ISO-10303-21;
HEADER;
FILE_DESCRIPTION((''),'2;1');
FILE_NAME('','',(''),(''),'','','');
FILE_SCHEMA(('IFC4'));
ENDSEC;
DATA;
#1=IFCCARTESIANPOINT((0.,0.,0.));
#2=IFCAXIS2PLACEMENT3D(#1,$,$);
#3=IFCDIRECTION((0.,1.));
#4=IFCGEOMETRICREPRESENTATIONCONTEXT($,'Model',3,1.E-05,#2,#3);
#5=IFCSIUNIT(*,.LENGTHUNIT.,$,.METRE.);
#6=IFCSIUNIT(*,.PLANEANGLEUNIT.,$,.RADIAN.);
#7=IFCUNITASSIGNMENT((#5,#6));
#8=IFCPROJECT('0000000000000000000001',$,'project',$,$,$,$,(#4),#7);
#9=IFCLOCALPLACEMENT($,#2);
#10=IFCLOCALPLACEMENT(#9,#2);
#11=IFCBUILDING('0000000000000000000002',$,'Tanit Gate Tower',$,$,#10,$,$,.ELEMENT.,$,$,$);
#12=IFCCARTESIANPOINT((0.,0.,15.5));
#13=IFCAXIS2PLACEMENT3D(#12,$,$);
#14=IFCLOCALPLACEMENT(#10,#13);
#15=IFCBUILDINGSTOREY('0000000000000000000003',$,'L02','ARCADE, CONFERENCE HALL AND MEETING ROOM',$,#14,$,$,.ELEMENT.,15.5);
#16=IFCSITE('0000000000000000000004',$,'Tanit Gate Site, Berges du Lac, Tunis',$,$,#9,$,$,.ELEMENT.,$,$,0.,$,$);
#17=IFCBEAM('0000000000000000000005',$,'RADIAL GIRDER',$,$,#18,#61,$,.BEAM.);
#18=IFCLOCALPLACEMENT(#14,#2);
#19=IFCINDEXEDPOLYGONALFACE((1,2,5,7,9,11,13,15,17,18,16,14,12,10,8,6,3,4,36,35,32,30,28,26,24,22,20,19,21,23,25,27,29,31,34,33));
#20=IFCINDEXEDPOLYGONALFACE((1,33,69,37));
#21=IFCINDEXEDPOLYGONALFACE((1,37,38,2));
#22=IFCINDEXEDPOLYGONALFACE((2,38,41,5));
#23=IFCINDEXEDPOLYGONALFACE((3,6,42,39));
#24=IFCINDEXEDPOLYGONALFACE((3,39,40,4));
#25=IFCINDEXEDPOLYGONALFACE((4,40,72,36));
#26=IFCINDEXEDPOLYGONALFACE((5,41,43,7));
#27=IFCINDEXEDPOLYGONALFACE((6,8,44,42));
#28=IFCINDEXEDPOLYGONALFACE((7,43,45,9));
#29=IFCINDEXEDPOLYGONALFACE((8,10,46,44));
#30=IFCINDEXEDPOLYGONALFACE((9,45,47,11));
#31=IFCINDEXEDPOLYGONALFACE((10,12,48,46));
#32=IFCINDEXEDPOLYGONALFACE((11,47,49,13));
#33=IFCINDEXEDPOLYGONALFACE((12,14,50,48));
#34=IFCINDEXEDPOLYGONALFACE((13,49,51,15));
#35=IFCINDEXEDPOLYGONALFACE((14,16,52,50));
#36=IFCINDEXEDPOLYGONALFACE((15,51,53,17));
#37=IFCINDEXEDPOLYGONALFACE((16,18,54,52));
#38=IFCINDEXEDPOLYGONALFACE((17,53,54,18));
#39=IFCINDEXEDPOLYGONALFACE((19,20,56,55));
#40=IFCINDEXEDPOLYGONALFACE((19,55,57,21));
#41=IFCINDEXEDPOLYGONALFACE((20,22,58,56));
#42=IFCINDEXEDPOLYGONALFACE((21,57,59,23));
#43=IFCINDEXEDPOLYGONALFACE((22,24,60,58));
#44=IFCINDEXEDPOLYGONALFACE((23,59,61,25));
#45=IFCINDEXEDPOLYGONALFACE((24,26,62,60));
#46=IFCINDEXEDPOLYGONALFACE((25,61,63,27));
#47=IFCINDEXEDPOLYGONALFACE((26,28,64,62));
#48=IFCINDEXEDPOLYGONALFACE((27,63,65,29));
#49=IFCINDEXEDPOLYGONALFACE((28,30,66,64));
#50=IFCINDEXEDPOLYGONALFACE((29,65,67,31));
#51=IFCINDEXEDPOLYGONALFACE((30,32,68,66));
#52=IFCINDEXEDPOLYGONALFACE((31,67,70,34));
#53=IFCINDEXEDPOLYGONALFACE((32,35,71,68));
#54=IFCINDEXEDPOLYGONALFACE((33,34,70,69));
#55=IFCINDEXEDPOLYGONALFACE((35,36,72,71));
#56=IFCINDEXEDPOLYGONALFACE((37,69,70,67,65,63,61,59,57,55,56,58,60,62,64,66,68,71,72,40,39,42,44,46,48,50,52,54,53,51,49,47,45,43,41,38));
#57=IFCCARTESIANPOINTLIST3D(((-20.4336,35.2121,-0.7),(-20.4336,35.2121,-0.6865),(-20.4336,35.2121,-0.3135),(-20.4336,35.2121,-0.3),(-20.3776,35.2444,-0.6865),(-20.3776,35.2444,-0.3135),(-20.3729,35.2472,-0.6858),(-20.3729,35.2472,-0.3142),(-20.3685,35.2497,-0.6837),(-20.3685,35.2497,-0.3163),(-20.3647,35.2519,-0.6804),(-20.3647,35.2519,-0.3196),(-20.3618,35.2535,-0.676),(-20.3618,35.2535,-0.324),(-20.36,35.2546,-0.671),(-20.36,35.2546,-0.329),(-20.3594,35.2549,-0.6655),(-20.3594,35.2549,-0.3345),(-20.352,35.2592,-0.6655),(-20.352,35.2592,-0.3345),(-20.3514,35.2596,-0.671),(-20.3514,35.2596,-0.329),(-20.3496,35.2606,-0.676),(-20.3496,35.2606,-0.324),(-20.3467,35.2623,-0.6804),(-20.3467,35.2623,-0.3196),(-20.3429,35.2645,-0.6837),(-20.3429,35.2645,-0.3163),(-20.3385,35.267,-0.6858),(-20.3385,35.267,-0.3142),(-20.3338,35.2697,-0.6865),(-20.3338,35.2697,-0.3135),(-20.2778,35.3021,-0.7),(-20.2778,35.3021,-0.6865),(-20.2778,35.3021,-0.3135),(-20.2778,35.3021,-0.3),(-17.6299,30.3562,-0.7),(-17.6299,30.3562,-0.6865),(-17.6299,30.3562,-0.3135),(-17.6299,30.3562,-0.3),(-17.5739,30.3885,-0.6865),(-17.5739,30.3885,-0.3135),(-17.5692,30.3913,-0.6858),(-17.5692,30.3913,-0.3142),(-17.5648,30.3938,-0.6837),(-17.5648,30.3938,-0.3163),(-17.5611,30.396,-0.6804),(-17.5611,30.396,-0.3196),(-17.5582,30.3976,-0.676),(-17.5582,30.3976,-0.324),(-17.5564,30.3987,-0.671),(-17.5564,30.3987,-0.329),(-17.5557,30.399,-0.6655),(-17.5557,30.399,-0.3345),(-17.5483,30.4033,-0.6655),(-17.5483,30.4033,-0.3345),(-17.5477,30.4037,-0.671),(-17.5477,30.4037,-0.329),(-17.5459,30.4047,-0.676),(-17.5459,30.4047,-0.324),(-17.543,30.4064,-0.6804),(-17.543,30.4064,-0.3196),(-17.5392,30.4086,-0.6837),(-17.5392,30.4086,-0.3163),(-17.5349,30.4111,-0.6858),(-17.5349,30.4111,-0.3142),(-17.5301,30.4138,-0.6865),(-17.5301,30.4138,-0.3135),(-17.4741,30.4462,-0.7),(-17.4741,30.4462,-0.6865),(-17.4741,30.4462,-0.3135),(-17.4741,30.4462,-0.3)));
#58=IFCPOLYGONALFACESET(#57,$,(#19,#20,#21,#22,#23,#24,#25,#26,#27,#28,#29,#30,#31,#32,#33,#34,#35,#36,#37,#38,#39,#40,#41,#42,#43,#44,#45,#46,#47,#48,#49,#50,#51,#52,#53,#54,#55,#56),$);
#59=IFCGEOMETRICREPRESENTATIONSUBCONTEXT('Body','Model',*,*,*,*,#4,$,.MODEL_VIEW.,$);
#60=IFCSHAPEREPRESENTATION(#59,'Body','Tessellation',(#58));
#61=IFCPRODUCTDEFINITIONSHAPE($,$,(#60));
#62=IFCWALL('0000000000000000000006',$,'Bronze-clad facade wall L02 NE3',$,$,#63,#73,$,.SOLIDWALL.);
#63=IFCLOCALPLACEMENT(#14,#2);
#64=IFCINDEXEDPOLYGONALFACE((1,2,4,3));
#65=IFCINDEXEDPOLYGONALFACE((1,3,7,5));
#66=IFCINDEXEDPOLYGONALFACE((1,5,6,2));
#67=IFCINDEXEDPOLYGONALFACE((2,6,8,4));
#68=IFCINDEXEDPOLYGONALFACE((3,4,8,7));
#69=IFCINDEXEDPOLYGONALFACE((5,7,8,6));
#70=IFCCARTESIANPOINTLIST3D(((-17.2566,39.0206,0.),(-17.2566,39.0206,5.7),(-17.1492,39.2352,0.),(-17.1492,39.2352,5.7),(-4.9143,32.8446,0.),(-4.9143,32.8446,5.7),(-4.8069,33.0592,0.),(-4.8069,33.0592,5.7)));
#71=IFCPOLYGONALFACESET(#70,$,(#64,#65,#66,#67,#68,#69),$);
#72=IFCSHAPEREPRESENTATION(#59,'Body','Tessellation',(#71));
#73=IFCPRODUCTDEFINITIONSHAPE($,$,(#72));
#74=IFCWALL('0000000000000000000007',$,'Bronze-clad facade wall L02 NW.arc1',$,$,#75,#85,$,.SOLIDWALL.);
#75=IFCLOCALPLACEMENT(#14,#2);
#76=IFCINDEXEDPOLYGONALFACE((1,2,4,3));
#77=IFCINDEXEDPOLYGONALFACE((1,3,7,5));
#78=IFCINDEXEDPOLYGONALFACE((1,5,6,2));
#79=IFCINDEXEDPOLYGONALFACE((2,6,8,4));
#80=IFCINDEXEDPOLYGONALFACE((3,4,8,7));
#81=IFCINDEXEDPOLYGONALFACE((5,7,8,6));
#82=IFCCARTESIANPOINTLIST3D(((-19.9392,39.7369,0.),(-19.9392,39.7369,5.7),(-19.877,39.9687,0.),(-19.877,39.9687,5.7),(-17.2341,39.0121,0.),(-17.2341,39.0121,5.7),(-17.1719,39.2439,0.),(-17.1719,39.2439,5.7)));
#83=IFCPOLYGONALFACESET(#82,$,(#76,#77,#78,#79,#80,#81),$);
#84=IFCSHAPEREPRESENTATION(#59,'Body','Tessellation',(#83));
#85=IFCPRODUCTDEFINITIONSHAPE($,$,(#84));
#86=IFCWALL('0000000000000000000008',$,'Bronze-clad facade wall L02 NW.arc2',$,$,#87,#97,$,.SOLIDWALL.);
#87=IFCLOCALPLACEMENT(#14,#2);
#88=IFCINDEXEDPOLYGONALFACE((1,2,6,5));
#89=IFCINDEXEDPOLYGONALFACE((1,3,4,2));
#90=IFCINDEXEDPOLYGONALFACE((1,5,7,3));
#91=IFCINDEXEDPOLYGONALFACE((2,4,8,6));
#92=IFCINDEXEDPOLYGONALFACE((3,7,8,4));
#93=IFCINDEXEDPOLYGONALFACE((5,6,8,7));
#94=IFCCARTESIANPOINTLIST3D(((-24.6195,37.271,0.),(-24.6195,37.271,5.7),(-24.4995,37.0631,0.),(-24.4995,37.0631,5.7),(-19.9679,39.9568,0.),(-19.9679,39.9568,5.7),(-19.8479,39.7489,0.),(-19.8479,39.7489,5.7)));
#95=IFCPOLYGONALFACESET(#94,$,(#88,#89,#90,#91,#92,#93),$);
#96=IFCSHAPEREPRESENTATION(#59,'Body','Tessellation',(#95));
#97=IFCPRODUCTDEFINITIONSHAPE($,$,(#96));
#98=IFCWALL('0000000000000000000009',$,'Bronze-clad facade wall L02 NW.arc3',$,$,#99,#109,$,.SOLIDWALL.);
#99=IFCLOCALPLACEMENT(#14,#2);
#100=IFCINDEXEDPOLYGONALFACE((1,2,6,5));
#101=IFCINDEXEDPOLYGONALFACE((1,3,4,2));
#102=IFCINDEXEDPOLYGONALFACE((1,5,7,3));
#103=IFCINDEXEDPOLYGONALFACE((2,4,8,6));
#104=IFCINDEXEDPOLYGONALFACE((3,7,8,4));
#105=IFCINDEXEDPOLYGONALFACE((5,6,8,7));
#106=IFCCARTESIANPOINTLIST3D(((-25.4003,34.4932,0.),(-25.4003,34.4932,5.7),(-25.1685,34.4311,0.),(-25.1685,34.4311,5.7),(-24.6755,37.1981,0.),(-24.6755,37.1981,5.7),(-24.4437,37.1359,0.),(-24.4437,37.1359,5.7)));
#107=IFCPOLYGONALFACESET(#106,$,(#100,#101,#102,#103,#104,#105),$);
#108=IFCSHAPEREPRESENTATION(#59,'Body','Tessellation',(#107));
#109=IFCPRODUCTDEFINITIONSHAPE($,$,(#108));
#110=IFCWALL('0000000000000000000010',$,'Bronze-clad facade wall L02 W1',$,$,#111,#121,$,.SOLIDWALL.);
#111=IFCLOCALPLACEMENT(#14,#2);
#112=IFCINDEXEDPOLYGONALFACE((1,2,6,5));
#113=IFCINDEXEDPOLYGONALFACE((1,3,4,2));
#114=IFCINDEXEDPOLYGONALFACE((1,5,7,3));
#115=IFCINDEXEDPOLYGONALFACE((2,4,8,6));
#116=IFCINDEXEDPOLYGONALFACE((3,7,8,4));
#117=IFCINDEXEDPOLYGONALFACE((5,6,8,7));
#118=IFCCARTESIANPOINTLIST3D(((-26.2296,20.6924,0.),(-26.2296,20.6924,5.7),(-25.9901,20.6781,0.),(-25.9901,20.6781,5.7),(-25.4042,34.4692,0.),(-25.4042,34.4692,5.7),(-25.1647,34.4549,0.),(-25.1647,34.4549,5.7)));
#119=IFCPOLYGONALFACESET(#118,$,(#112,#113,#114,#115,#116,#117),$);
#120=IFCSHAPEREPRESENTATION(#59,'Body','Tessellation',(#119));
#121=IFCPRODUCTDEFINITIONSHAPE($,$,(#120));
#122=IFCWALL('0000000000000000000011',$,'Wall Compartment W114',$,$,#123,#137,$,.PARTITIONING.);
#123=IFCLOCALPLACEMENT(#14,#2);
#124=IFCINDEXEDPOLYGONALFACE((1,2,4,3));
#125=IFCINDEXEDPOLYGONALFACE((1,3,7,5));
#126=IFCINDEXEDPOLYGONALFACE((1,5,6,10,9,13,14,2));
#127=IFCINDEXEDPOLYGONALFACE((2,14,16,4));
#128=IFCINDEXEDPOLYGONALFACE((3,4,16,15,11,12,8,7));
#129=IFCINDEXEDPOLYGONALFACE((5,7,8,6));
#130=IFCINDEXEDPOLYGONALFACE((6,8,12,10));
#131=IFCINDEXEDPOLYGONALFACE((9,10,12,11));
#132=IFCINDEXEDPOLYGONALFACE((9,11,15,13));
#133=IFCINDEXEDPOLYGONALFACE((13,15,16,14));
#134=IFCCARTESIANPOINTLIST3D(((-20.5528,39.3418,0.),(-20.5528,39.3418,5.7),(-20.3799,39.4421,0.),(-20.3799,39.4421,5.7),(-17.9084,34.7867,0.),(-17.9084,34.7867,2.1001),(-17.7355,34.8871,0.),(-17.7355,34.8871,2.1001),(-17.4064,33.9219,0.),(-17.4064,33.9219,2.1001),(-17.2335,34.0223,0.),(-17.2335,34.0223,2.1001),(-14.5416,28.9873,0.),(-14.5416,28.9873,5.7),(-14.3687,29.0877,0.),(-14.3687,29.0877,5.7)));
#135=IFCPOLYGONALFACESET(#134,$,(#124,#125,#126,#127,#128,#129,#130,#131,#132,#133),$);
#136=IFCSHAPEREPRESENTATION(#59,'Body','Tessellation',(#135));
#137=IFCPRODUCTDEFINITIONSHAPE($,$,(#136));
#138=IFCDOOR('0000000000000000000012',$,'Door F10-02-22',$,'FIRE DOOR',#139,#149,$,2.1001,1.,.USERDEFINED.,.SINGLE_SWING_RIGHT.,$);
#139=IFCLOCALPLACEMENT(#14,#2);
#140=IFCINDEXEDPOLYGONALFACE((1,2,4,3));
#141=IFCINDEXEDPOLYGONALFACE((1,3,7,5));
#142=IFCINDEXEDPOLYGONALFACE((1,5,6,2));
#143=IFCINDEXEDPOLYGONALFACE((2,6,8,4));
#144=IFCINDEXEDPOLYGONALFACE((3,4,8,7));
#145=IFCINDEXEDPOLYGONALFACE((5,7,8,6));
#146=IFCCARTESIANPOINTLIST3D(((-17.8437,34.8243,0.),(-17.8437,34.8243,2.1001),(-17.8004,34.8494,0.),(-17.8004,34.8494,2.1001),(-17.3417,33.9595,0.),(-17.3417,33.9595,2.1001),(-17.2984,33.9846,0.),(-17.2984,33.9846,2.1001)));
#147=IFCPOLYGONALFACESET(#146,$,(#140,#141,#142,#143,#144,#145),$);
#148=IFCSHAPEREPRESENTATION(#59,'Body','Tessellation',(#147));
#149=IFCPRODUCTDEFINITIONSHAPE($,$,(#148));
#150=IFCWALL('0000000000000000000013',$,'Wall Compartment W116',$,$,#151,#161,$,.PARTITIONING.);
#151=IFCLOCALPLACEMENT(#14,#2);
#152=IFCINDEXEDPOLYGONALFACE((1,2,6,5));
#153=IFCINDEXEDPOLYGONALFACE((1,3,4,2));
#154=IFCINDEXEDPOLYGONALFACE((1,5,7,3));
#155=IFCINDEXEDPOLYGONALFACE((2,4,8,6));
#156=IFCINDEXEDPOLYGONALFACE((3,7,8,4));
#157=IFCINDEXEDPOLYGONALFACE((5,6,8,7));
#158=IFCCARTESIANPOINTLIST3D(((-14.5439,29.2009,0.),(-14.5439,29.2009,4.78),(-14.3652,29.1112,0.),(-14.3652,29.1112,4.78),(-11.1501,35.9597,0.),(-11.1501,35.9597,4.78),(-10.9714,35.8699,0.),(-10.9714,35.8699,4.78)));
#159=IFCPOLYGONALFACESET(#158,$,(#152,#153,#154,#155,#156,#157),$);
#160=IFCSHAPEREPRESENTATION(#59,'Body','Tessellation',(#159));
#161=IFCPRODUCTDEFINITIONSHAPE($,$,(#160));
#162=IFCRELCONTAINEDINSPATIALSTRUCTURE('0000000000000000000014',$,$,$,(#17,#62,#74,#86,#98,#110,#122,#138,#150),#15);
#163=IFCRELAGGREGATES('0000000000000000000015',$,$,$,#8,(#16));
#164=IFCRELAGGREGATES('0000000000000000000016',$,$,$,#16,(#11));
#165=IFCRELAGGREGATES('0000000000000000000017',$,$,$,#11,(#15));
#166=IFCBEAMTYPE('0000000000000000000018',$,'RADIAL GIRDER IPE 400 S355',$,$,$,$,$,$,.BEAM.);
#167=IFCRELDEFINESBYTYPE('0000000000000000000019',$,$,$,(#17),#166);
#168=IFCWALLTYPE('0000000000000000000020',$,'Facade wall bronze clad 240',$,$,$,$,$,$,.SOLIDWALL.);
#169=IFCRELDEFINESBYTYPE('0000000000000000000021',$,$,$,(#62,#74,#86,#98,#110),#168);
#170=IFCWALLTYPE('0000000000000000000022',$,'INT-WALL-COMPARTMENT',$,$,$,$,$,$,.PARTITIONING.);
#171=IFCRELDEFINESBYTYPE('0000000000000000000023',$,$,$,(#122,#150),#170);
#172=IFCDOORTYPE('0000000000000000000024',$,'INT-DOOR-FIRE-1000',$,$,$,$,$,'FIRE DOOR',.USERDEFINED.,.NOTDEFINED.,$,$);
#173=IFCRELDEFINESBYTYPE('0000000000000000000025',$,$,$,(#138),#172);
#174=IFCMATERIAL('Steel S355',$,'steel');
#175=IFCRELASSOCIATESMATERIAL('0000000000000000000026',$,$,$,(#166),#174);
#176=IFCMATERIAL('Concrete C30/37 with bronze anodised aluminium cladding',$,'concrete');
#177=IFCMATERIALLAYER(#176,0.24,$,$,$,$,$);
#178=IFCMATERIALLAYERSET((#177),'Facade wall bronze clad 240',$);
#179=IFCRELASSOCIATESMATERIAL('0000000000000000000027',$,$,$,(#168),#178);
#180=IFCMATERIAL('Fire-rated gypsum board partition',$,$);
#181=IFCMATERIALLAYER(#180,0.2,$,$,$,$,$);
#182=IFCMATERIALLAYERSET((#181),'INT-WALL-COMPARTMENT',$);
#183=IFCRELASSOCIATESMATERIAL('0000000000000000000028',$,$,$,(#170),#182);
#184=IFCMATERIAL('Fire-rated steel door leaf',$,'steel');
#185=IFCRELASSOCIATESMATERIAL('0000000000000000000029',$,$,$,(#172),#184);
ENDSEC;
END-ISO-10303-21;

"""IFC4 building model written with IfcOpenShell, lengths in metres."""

from ifc_helpers import new_model, si_unit, direction, frame, frame_2d, origin, origin_2d, place, context, subcontext, project, spatial, rectangle, i_section, extrude, material, layer, layer_set, material_profile, profile_set, type_object, element, fill, save


model = new_model("IFC4")

# Units and contexts
model_context = context("Model", 3, precision=1e-05, world=origin(), true_north=direction((0.0, 1.0)))
body_context = subcontext(model_context, "Body", "Model", "MODEL_VIEW")
ifc_project = project(units=[si_unit("LENGTHUNIT", "METRE"), si_unit("PLANEANGLEUNIT", "RADIAN")], contexts=[model_context])

# Site, building, storey
site_placement = place(None, origin())
site = spatial("IfcSite", under=ifc_project, at=site_placement, Name="Tanit Gate Site, Berges du Lac, Tunis", CompositionType="ELEMENT", RefElevation=0.0)
building_placement = place(site_placement, origin())
building = spatial("IfcBuilding", under=site, at=building_placement, Name="Tanit Gate Tower", CompositionType="ELEMENT")
storey_placement = place(building_placement, frame((0.0, 0.0, 15.5)))
storey = spatial("IfcBuildingStorey", under=building, at=storey_placement, Name="L02", Description="ARCADE, CONFERENCE HALL AND MEETING ROOM", CompositionType="ELEMENT", Elevation=15.5)

# Beam
ifc_material_1 = material(Name="Steel S355", Category="steel")
ifc_material_profile_1 = material_profile(ifc_material_1, i_section(OverallWidth=0.1799, OverallDepth=0.3999, WebThickness=0.0085, FlangeThickness=0.0134, FilletRadius=0.021, at=origin_2d()), Name="IPE 400")
ifc_profile_set_1 = profile_set([ifc_material_profile_1], Name="Steel S355")
beam_type_1 = type_object("IfcBeamType", Name="RADIAL GIRDER IPE 400 S355", PredefinedType="BEAM", material=ifc_profile_set_1)
beam_1_placement = place(storey_placement, frame((-20.3557, 35.2571, -0.5), z_axis=(0.500016, -0.866016, 0.0), x_axis=(0.866016, 0.500016, 0.0)))
element("IfcBeam", 1, at=beam_1_placement, inside=storey, type_object=beam_type_1, Name="RADIAL GIRDER", PredefinedType="BEAM", context=body_context, shape_type="SweptSolid", body=[
    extrude(i_section(OverallWidth=0.1799, OverallDepth=0.3999, WebThickness=0.0085, FlangeThickness=0.0134, FilletRadius=0.021, at=origin_2d()), origin(), (0.0, 0.0, 1.0), 5.6072),
])

# Walls
ifc_material_2 = material(Name="Concrete C30/37 with bronze anodised aluminium cladding", Category="concrete")
ifc_layer_1 = layer(ifc_material_2, 0.24)
ifc_layer_set_1 = layer_set([ifc_layer_1], Name="Facade wall bronze clad 240")
wall_type_1 = type_object("IfcWallType", Name="Facade wall bronze clad 240", PredefinedType="SOLIDWALL", material=ifc_layer_set_1)
wall_1_placement = place(storey_placement, frame((-4.8606, 32.9519, 0.0), z_axis=(0.0, 0.0, 1.0), x_axis=(-0.894286, 0.447497, 0.0)))
element("IfcWall", 2, at=wall_1_placement, inside=storey, type_object=wall_type_1, Name="Bronze-clad facade wall L02 NE3", PredefinedType="SOLIDWALL", context=body_context, shape_type="SweptSolid", body=[
    extrude(rectangle(XDim=13.8013, YDim=0.24, at=frame_2d((6.9006, 0.0))), origin(), (0.0, 0.0, 1.0), 5.7),
])
wall_2_placement = place(storey_placement, frame((-17.2029, 39.1279, 0.0), z_axis=(0.0, 0.0, 1.0), x_axis=(-0.965923, 0.258829, 0.0)))
element("IfcWall", 3, at=wall_2_placement, inside=storey, type_object=wall_type_1, Name="Bronze-clad facade wall L02 NW.arc1", PredefinedType="SOLIDWALL", context=body_context, shape_type="SweptSolid", body=[
    extrude(rectangle(XDim=2.8005, YDim=0.24, at=frame_2d((1.4004, 0.0))), origin(), (0.0, 0.0, 1.0), 5.7),
])
wall_3_placement = place(storey_placement, frame((-19.908, 39.8528, 0.0), z_axis=(0.0, 0.0, 1.0), x_axis=(-0.866011, -0.500025, 0.0)))
element("IfcWall", 4, at=wall_3_placement, inside=storey, type_object=wall_type_1, Name="Bronze-clad facade wall L02 NW.arc2", PredefinedType="SOLIDWALL", context=body_context, shape_type="SweptSolid", body=[
    extrude(rectangle(XDim=5.3713, YDim=0.24, at=frame_2d((2.6855, 0.0))), origin(), (0.0, 0.0, 1.0), 5.7),
])
wall_4_placement = place(storey_placement, frame((-24.5596, 37.167, 0.0), z_axis=(0.0, 0.0, 1.0), x_axis=(-0.258851, -0.965917, 0.0)))
element("IfcWall", 5, at=wall_4_placement, inside=storey, type_object=wall_type_1, Name="Bronze-clad facade wall L02 NW.arc3", PredefinedType="SOLIDWALL", context=body_context, shape_type="SweptSolid", body=[
    extrude(rectangle(XDim=2.8003, YDim=0.24, at=frame_2d((1.4001, 0.0))), origin(), (0.0, 0.0, 1.0), 5.7),
])
wall_5_placement = place(storey_placement, frame((-25.2844, 34.4622, 0.0), z_axis=(0.0, 0.0, 1.0), x_axis=(-0.059808, -0.99821, 0.0)))
element("IfcWall", 6, at=wall_5_placement, inside=storey, type_object=wall_type_1, Name="Bronze-clad facade wall L02 W1", PredefinedType="SOLIDWALL", context=body_context, shape_type="SweptSolid", body=[
    extrude(rectangle(XDim=13.8015, YDim=0.24, at=frame_2d((6.9009, 0.0))), origin(), (0.0, 0.0, 1.0), 5.7),
])

# Wall, opening, door
ifc_material_3 = material(Name="Fire-rated gypsum board partition")
ifc_layer_2 = layer(ifc_material_3, 0.2)
ifc_layer_set_2 = layer_set([ifc_layer_2], Name="INT-WALL-COMPARTMENT")
wall_type_2 = type_object("IfcWallType", Name="INT-WALL-COMPARTMENT", PredefinedType="PARTITIONING", material=ifc_layer_set_2)
wall_6_placement = place(storey_placement, frame((-20.4663, 39.3918, 0.0), z_axis=(0.0, 0.0, 1.0), x_axis=(0.50207, -0.864827, 0.0)))
wall_6 = element("IfcWall", 7, at=wall_6_placement, inside=storey, type_object=wall_type_2, Name="Wall Compartment W114", PredefinedType="PARTITIONING", context=body_context, shape_type="SweptSolid", body=[
    extrude(rectangle(XDim=11.9729, YDim=0.2, at=frame_2d((5.9863, 0.0))), origin(), (0.0, 0.0, 1.0), 5.7),
])
opening_1_placement = place(wall_6_placement, frame((5.2668, 0.0, 0.0)))
opening_1 = element("IfcOpeningElement", 8, at=opening_1_placement, cuts=wall_6, PredefinedType="OPENING", context=body_context, shape_type="SweptSolid", body=[
    extrude(rectangle(XDim=1.0, YDim=2.1001, at=frame_2d((0.5, 1.05))), frame((0.0, 0.1099, 0.0), z_axis=(0.0, -1.0, 0.0), x_axis=(1.0, 0.0, 0.0)), (0.0, 0.0, 1.0), 0.22),
])
ifc_material_4 = material(Name="Fire-rated steel door leaf", Category="steel")
door_type_1 = type_object("IfcDoorType", Name="INT-DOOR-FIRE-1000", ElementType="FIRE DOOR", OperationType="NOTDEFINED", PredefinedType="USERDEFINED", material=ifc_material_4)
door_1_placement = place(opening_1_placement, origin())
door_1 = element("IfcDoor", 9, at=door_1_placement, inside=storey, type_object=door_type_1, Name="Door F10-02-22", ObjectType="FIRE DOOR", OperationType="SINGLE_SWING_RIGHT", OverallHeight=2.1001, OverallWidth=1.0, PredefinedType="USERDEFINED", context=body_context, shape_type="SweptSolid", body=[
    extrude(rectangle(XDim=1.0, YDim=2.1001, at=frame_2d((0.5, 1.05))), frame((0.0, 0.0249, 0.0), z_axis=(0.0, -1.0, 0.0), x_axis=(1.0, 0.0, 0.0)), (0.0, 0.0, 1.0), 0.05),
])
fill(opening_1, door_1)

# Wall
wall_7_placement = place(storey_placement, frame((-11.0608, 35.9148, 0.0), z_axis=(0.0, 0.0, 1.0), x_axis=(-0.448737, -0.893664, 0.0)))
element("IfcWall", 10, at=wall_7_placement, inside=storey, type_object=wall_type_2, Name="Wall Compartment W116", PredefinedType="PARTITIONING", context=body_context, shape_type="SweptSolid", body=[
    extrude(rectangle(XDim=7.563, YDim=0.2, at=frame_2d((3.7815, 0.0))), origin(), (0.0, 0.0, 1.0), 4.78),
])

save(model, "model.ifc")
